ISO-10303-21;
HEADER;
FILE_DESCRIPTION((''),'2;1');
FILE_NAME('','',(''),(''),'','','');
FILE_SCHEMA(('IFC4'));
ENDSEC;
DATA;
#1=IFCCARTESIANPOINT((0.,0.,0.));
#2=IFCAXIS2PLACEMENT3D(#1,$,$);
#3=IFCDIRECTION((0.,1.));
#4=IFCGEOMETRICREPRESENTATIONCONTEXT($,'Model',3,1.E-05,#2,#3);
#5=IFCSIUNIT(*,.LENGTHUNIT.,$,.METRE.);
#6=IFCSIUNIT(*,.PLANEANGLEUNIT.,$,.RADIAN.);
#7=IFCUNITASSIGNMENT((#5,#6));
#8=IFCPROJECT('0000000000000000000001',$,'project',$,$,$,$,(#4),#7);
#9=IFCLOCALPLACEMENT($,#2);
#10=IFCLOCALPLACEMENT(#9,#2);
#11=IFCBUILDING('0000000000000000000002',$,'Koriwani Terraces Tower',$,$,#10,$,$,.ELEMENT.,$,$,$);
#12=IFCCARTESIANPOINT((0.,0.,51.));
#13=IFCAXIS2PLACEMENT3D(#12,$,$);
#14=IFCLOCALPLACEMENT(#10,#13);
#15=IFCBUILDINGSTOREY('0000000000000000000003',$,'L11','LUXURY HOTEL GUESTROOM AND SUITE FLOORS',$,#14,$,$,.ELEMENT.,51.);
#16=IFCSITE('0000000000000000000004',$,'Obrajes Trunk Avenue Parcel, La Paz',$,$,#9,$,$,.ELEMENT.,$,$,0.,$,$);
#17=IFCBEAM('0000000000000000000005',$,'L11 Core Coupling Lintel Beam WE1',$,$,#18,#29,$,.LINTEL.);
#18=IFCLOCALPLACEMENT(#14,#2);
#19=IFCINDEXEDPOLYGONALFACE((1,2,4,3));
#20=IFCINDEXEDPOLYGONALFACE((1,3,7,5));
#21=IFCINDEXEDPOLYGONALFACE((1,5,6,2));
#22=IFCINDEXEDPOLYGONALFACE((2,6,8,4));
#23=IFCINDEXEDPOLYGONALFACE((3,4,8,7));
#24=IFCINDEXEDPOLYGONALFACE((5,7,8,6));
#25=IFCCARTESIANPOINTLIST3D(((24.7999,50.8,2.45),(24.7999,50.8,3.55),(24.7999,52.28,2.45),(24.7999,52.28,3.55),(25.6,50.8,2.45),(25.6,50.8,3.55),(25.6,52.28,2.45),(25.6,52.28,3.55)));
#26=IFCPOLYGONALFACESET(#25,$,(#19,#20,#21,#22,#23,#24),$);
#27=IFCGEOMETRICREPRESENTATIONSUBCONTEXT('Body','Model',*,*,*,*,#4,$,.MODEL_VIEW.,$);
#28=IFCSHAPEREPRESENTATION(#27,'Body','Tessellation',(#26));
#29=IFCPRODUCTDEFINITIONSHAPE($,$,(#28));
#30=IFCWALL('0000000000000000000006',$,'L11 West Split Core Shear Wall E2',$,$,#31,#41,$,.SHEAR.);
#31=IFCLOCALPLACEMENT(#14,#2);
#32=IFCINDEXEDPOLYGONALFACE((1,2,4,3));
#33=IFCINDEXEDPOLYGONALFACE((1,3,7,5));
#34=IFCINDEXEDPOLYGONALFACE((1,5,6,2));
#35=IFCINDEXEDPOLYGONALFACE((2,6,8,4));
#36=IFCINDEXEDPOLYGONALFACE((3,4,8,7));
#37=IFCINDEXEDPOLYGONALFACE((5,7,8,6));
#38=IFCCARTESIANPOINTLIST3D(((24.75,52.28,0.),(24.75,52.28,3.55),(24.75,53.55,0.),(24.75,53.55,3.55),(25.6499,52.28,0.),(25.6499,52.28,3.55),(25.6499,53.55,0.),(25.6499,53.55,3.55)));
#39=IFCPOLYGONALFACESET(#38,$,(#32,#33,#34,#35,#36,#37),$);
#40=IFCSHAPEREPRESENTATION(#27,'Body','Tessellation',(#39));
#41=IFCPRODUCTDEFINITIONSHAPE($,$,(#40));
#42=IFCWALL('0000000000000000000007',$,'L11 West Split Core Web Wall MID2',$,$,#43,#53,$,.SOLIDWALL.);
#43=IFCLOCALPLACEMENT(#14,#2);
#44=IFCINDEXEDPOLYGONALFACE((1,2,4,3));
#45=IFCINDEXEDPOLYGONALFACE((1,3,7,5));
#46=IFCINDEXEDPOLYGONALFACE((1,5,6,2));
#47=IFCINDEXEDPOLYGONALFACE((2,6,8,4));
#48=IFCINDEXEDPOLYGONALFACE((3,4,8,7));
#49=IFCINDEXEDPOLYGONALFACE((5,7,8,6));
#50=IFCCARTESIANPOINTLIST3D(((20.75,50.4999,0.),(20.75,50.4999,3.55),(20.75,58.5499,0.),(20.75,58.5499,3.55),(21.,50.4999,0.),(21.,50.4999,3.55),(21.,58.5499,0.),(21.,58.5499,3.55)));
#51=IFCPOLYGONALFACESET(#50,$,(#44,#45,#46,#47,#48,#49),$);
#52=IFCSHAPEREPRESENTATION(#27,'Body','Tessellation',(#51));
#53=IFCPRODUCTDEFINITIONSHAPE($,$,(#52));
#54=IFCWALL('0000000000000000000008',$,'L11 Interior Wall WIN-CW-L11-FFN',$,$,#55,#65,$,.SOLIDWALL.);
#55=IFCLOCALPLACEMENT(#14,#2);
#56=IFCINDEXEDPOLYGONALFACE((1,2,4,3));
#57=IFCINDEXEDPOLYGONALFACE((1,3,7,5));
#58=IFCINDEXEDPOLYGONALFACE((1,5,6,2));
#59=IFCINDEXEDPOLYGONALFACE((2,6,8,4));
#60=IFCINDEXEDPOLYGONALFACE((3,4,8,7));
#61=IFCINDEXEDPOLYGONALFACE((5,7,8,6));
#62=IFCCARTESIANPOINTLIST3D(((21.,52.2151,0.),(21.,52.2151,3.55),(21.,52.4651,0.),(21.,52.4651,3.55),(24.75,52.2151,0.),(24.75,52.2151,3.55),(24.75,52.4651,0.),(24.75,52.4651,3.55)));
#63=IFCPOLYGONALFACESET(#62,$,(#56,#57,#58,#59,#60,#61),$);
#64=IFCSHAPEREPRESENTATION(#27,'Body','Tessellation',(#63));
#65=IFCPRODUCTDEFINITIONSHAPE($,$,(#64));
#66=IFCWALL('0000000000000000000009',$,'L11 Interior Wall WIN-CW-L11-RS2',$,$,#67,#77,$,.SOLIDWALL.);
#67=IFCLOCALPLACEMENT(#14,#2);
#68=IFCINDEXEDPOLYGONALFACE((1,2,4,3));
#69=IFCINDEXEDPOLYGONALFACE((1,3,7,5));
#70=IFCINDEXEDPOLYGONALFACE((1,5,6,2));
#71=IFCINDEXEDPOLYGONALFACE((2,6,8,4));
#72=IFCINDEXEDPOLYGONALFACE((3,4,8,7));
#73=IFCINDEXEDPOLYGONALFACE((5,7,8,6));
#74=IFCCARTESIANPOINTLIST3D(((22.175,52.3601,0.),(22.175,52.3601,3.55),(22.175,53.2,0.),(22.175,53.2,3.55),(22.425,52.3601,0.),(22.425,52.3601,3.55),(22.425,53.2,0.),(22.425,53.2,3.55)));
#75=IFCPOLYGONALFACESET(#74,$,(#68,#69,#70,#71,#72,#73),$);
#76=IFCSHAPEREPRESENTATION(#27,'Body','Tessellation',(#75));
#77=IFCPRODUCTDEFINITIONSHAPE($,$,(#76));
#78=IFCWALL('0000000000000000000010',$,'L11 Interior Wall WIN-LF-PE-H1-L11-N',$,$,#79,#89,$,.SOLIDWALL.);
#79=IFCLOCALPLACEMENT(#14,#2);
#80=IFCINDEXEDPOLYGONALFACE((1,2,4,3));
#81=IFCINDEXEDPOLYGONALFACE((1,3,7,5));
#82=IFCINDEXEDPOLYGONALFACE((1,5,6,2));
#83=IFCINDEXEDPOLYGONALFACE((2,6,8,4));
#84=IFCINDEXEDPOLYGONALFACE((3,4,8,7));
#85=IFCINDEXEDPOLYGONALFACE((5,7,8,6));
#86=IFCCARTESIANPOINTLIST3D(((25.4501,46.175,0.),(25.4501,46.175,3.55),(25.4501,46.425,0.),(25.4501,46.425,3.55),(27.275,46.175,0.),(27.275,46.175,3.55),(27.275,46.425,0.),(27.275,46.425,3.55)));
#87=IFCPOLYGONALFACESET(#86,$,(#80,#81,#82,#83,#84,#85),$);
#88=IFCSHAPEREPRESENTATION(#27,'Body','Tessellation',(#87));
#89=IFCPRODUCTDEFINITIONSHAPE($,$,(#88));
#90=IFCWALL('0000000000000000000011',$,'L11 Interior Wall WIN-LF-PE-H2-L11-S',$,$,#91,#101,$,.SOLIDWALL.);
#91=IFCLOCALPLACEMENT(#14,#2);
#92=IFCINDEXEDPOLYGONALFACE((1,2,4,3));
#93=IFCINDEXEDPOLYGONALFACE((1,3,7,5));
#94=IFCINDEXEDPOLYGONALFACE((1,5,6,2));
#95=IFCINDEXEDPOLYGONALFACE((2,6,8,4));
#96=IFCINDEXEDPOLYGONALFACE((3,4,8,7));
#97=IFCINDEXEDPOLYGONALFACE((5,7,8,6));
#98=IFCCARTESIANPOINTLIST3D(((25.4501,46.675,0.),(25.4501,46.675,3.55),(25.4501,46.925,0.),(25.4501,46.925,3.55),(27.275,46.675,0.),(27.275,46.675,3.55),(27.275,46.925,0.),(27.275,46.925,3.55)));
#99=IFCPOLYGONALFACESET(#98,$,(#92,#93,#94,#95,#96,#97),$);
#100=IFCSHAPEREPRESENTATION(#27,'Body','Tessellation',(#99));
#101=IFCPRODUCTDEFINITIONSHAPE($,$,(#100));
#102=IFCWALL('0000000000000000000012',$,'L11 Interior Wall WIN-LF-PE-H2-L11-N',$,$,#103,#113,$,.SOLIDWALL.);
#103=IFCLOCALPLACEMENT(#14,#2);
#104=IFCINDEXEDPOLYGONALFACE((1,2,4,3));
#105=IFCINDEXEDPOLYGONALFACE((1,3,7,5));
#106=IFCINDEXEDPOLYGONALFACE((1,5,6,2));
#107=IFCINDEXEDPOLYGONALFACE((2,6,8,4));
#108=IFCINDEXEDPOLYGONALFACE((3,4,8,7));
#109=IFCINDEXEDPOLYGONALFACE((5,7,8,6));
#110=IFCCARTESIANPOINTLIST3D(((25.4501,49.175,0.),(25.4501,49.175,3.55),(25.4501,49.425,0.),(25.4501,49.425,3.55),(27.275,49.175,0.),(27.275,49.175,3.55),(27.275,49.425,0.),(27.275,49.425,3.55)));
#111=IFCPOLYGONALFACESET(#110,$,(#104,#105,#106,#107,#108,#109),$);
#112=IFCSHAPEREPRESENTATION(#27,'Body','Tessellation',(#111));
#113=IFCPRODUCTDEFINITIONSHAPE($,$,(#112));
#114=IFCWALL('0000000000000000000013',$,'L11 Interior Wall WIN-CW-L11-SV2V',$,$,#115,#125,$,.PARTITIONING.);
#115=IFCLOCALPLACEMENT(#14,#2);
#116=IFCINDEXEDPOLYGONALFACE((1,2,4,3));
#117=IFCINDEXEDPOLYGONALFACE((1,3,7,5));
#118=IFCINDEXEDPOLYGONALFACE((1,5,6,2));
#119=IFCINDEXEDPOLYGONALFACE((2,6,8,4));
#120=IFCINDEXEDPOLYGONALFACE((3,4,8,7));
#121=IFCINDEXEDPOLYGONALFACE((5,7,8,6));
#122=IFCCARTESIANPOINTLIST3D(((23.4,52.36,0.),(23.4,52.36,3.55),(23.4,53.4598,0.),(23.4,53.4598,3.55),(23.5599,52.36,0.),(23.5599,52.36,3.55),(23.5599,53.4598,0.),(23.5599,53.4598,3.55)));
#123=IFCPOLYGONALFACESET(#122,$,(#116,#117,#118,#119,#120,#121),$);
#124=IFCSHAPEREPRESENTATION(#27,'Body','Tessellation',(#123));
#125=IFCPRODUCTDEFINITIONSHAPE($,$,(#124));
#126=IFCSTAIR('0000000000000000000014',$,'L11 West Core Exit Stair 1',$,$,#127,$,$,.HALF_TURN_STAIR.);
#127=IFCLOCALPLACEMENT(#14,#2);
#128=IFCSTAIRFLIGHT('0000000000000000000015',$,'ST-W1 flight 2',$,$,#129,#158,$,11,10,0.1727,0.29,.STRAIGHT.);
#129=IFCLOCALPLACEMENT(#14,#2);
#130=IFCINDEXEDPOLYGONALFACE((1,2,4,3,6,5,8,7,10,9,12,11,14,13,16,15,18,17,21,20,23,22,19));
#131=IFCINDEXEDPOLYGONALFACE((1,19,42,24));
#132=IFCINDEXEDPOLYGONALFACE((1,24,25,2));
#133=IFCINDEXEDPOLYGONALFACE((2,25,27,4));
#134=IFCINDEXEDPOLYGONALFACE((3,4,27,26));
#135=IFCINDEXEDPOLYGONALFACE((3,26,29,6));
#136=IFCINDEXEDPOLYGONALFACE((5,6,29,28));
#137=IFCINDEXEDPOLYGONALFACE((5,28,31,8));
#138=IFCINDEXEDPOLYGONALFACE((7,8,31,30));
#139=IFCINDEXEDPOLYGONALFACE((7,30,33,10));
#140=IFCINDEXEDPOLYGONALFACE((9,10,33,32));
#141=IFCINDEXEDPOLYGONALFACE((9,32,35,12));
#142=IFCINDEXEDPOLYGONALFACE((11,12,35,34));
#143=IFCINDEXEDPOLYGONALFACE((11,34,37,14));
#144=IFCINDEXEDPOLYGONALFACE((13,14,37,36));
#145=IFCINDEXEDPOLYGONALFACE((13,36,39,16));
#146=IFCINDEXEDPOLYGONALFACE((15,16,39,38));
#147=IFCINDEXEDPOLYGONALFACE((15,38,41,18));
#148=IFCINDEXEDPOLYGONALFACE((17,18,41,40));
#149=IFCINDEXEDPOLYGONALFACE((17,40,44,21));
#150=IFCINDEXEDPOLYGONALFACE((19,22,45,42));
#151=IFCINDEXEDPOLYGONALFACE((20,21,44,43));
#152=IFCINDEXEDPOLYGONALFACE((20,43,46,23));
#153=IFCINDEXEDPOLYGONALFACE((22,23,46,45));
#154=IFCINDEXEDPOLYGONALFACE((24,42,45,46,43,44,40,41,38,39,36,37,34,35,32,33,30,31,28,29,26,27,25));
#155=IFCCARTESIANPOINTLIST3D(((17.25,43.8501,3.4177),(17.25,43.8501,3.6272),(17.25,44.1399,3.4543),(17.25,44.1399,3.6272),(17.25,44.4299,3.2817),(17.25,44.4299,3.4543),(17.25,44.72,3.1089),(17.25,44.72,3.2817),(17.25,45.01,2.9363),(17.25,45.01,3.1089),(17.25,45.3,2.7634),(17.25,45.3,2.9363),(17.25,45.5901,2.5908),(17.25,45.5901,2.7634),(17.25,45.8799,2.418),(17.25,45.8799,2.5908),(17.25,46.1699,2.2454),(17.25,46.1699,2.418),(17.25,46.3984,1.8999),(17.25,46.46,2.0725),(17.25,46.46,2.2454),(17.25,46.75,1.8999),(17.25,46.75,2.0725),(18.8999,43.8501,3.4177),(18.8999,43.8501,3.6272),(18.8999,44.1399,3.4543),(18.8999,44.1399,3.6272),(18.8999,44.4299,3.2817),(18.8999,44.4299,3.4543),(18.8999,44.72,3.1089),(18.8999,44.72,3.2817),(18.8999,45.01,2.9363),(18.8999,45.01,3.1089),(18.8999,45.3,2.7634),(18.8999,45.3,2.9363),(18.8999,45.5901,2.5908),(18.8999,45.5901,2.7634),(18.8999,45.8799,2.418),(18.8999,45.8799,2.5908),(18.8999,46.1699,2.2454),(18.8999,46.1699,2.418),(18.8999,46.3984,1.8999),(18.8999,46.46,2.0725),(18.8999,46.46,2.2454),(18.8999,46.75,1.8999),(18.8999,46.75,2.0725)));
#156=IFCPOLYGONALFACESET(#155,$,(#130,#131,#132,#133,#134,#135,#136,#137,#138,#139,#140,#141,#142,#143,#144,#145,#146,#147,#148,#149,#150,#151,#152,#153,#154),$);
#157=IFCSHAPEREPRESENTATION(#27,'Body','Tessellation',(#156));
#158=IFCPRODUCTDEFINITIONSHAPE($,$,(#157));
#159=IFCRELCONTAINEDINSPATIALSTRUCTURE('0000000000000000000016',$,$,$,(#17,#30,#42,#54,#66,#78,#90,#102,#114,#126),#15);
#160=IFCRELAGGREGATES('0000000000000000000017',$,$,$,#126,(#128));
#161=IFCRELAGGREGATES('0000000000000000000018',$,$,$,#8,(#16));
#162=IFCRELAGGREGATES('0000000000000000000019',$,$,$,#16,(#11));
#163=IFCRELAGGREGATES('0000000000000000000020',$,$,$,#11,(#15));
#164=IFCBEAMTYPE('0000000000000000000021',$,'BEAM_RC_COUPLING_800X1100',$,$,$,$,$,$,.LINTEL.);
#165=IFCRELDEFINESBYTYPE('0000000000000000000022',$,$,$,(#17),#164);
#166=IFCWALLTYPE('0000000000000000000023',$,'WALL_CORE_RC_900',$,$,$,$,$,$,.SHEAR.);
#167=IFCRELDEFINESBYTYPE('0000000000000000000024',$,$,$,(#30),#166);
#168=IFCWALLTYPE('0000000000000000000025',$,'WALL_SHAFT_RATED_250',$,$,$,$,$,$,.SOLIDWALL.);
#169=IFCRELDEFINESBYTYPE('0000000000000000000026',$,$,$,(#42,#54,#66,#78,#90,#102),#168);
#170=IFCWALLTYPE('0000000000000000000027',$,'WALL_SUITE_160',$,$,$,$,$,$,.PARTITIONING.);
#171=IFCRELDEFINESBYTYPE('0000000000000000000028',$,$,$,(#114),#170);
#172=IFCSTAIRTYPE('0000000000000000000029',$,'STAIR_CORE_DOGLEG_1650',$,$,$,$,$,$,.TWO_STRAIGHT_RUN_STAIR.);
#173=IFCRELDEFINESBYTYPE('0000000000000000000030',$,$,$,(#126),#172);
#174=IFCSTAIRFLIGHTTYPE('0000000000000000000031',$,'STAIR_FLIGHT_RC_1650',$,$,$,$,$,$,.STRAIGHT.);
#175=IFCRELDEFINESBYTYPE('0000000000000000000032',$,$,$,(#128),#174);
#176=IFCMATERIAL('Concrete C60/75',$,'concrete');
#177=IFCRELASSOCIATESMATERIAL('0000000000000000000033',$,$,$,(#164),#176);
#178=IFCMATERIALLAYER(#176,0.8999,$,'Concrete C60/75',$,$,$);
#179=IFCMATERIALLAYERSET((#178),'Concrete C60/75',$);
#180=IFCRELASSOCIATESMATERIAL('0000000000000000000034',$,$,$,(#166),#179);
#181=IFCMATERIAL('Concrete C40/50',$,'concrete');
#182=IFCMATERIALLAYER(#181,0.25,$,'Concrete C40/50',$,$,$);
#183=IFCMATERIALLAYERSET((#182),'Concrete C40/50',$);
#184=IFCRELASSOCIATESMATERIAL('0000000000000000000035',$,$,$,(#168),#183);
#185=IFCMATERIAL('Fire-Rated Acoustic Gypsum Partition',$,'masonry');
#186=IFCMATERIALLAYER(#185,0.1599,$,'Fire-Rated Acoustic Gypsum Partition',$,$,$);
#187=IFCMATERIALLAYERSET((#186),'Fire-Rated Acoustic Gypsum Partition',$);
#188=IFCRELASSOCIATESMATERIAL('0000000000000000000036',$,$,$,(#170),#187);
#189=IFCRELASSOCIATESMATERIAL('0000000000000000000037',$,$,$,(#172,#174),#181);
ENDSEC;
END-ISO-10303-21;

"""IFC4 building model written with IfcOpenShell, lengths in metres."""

from ifc_helpers import new_model, si_unit, direction, frame, frame_2d, origin, origin_2d, place, context, subcontext, project, spatial, polyline, rectangle, outline, extrude, material, layer, layer_set, material_profile, profile_set, type_object, element, aggregate, save


model = new_model("IFC4")

# Units and contexts
model_context = context("Model", 3, precision=1e-05, world=origin(), true_north=direction((0.0, 1.0)))
body_context = subcontext(model_context, "Body", "Model", "MODEL_VIEW")
ifc_project = project(units=[si_unit("LENGTHUNIT", "METRE"), si_unit("PLANEANGLEUNIT", "RADIAN")], contexts=[model_context])

# Site, building, storey
site_placement = place(None, origin())
site = spatial("IfcSite", under=ifc_project, at=site_placement, Name="Obrajes Trunk Avenue Parcel, La Paz", CompositionType="ELEMENT", RefElevation=0.0)
building_placement = place(site_placement, origin())
building = spatial("IfcBuilding", under=site, at=building_placement, Name="Koriwani Terraces Tower", CompositionType="ELEMENT")
storey_placement = place(building_placement, frame((0.0, 0.0, 51.0)))
storey = spatial("IfcBuildingStorey", under=building, at=storey_placement, Name="L11", Description="LUXURY HOTEL GUESTROOM AND SUITE FLOORS", CompositionType="ELEMENT", Elevation=51.0)

# Beam
ifc_material_1 = material(Name="Concrete C60/75", Category="concrete")
ifc_material_profile = material_profile(ifc_material_1, rectangle(XDim=0.8, YDim=1.1001, at=origin_2d()), Name="Concrete C60/75", Category="LoadBearing")
ifc_profile_set = profile_set([ifc_material_profile], Name="Concrete C60/75")
beam_type = type_object("IfcBeamType", Name="BEAM_RC_COUPLING_800X1100", PredefinedType="LINTEL", material=ifc_profile_set)
beam_placement = place(storey_placement, frame((25.2, 50.8, 3.0), z_axis=(0.0, 1.0, 0.0), x_axis=(-1.0, 0.0, 0.0)))
element("IfcBeam", 1, at=beam_placement, inside=storey, type_object=beam_type, Name="L11 Core Coupling Lintel Beam WE1", PredefinedType="LINTEL", context=body_context, shape_type="SweptSolid", body=[
    extrude(rectangle(XDim=0.8, YDim=1.1001, at=origin_2d()), origin(), (0.0, 0.0, 1.0), 1.48),
])

# Walls
ifc_layer_1 = layer(ifc_material_1, 0.8999, Name="Concrete C60/75")
ifc_layer_set_1 = layer_set([ifc_layer_1], Name="Concrete C60/75")
wall_type_1 = type_object("IfcWallType", Name="WALL_CORE_RC_900", PredefinedType="SHEAR", material=ifc_layer_set_1)
wall_1_placement = place(storey_placement, frame((25.2, 52.28, 0.0), z_axis=(0.0, 0.0, 1.0), x_axis=(0.0, 1.0, 0.0)))
element("IfcWall", 2, at=wall_1_placement, inside=storey, type_object=wall_type_1, Name="L11 West Split Core Shear Wall E2", PredefinedType="SHEAR", context=body_context, shape_type="SweptSolid", body=[
    extrude(rectangle(XDim=1.27, YDim=0.8999, at=frame_2d((0.635, 0.0))), origin(), (0.0, 0.0, 1.0), 3.55),
])
ifc_material_2 = material(Name="Concrete C40/50", Category="concrete")
ifc_layer_2 = layer(ifc_material_2, 0.25, Name="Concrete C40/50")
ifc_layer_set_2 = layer_set([ifc_layer_2], Name="Concrete C40/50")
wall_type_2 = type_object("IfcWallType", Name="WALL_SHAFT_RATED_250", PredefinedType="SOLIDWALL", material=ifc_layer_set_2)
wall_2_placement = place(storey_placement, frame((20.875, 50.5, 0.0), z_axis=(0.0, 0.0, 1.0), x_axis=(0.0, 1.0, 0.0)))
element("IfcWall", 3, at=wall_2_placement, inside=storey, type_object=wall_type_2, Name="L11 West Split Core Web Wall MID2", PredefinedType="SOLIDWALL", context=body_context, shape_type="SweptSolid", body=[
    extrude(rectangle(XDim=8.05, YDim=0.25, at=frame_2d((4.0249, 0.0))), origin(), (0.0, 0.0, 1.0), 3.55),
])

# Walls
wall_3_placement = place(storey_placement, frame((21.0, 52.3401, 0.0), z_axis=(0.0, 0.0, 1.0), x_axis=(1.0, 0.0, 0.0)))
element("IfcWall", 4, at=wall_3_placement, inside=storey, type_object=wall_type_2, Name="L11 Interior Wall WIN-CW-L11-FFN", PredefinedType="SOLIDWALL", context=body_context, shape_type="SweptSolid", body=[
    extrude(rectangle(XDim=3.75, YDim=0.25, at=frame_2d((1.875, 0.0))), origin(), (0.0, 0.0, 1.0), 3.55),
])
wall_4_placement = place(storey_placement, frame((22.3, 52.3601, 0.0), z_axis=(0.0, 0.0, 1.0), x_axis=(0.0, 1.0, 0.0)))
element("IfcWall", 5, at=wall_4_placement, inside=storey, type_object=wall_type_2, Name="L11 Interior Wall WIN-CW-L11-RS2", PredefinedType="SOLIDWALL", context=body_context, shape_type="SweptSolid", body=[
    extrude(rectangle(XDim=0.8398, YDim=0.25, at=frame_2d((0.4199, 0.0))), origin(), (0.0, 0.0, 1.0), 3.55),
])
for number, where, z_axis, x_axis, name in (
    (6, (25.45, 46.3, 0.0), (0.0, 0.0, 1.0), (1.0, 0.0, 0.0), "L11 Interior Wall WIN-LF-PE-H1-L11-N"),
    (7, (25.45, 46.8, 0.0), (0.0, 0.0, 1.0), (1.0, 0.0, 0.0), "L11 Interior Wall WIN-LF-PE-H2-L11-S"),
    (8, (25.45, 49.3, 0.0), (0.0, 0.0, 1.0), (1.0, 0.0, 0.0), "L11 Interior Wall WIN-LF-PE-H2-L11-N"),
):
    element("IfcWall", number, at=place(storey_placement, frame(where, z_axis=z_axis, x_axis=x_axis)), inside=storey, type_object=wall_type_2, Name=name, PredefinedType="SOLIDWALL", context=body_context, shape_type="SweptSolid", body=[
        extrude(rectangle(XDim=1.825, YDim=0.25, at=frame_2d((0.9126, 0.0))), origin(), (0.0, 0.0, 1.0), 3.55),
    ])
ifc_material_3 = material(Name="Fire-Rated Acoustic Gypsum Partition", Category="masonry")
ifc_layer_3 = layer(ifc_material_3, 0.1599, Name="Fire-Rated Acoustic Gypsum Partition")
ifc_layer_set_3 = layer_set([ifc_layer_3], Name="Fire-Rated Acoustic Gypsum Partition")
wall_type_3 = type_object("IfcWallType", Name="WALL_SUITE_160", PredefinedType="PARTITIONING", material=ifc_layer_set_3)
wall_5_placement = place(storey_placement, frame((23.48, 52.3601, 0.0), z_axis=(0.0, 0.0, 1.0), x_axis=(0.0, 1.0, 0.0)))
element("IfcWall", 9, at=wall_5_placement, inside=storey, type_object=wall_type_3, Name="L11 Interior Wall WIN-CW-L11-SV2V", PredefinedType="PARTITIONING", context=body_context, shape_type="SweptSolid", body=[
    extrude(rectangle(XDim=1.0999, YDim=0.1599, at=frame_2d((0.5498, 0.0))), origin(), (0.0, 0.0, 1.0), 3.55),
])

# Stair, stair flight
stair_type = type_object("IfcStairType", Name="STAIR_CORE_DOGLEG_1650", PredefinedType="TWO_STRAIGHT_RUN_STAIR", material=ifc_material_2)
stair_placement = place(storey_placement, origin())
stair = element("IfcStair", 10, at=stair_placement, inside=storey, type_object=stair_type, Name="L11 West Core Exit Stair 1", PredefinedType="HALF_TURN_STAIR")
stair_flight_type = type_object("IfcStairFlightType", Name="STAIR_FLIGHT_RC_1650", PredefinedType="STRAIGHT", material=ifc_material_2)
stair_flight_placement = place(storey_placement, frame((18.075, 46.75, 1.8999), z_axis=(0.0, 0.0, 1.0), x_axis=(0.0, -1.0, 0.0)))
stair_flight = element("IfcStairFlight", 11, at=stair_flight_placement, type_object=stair_flight_type, Name="ST-W1 flight 2", NumberOfRisers=11, NumberOfTreads=10, PredefinedType="STRAIGHT", RiserHeight=0.1727, TreadLength=0.29, context=body_context, shape_type="SweptSolid", body=[
    extrude(outline(polyline([(0.0, 0.0), (0.0, 0.1726), (0.29, 0.1726), (0.29, 0.3455), (0.5801, 0.3455), (0.5801, 0.5181), (0.8701, 0.5181), (0.8701, 0.6909), (1.1599, 0.6909), (1.1599, 0.8635), (1.45, 0.8635), (1.45, 1.0364), (1.74, 1.0364), (1.74, 1.209), (2.03, 1.209), (2.03, 1.3818), (2.3201, 1.3818), (2.3201, 1.5544), (2.6101, 1.5544), (2.6101, 1.7273), (2.8999, 1.7273), (2.8999, 1.8999), (2.8999, 1.5178), (0.3516, 0.0), (0.0, 0.0)])), frame((0.0, 0.825, 0.0), z_axis=(0.0, -1.0, 0.0), x_axis=(1.0, 0.0, 0.0)), (0.0, 0.0, 1.0), 1.6499),
])
aggregate(stair, [stair_flight])

save(model, "model.ifc")
